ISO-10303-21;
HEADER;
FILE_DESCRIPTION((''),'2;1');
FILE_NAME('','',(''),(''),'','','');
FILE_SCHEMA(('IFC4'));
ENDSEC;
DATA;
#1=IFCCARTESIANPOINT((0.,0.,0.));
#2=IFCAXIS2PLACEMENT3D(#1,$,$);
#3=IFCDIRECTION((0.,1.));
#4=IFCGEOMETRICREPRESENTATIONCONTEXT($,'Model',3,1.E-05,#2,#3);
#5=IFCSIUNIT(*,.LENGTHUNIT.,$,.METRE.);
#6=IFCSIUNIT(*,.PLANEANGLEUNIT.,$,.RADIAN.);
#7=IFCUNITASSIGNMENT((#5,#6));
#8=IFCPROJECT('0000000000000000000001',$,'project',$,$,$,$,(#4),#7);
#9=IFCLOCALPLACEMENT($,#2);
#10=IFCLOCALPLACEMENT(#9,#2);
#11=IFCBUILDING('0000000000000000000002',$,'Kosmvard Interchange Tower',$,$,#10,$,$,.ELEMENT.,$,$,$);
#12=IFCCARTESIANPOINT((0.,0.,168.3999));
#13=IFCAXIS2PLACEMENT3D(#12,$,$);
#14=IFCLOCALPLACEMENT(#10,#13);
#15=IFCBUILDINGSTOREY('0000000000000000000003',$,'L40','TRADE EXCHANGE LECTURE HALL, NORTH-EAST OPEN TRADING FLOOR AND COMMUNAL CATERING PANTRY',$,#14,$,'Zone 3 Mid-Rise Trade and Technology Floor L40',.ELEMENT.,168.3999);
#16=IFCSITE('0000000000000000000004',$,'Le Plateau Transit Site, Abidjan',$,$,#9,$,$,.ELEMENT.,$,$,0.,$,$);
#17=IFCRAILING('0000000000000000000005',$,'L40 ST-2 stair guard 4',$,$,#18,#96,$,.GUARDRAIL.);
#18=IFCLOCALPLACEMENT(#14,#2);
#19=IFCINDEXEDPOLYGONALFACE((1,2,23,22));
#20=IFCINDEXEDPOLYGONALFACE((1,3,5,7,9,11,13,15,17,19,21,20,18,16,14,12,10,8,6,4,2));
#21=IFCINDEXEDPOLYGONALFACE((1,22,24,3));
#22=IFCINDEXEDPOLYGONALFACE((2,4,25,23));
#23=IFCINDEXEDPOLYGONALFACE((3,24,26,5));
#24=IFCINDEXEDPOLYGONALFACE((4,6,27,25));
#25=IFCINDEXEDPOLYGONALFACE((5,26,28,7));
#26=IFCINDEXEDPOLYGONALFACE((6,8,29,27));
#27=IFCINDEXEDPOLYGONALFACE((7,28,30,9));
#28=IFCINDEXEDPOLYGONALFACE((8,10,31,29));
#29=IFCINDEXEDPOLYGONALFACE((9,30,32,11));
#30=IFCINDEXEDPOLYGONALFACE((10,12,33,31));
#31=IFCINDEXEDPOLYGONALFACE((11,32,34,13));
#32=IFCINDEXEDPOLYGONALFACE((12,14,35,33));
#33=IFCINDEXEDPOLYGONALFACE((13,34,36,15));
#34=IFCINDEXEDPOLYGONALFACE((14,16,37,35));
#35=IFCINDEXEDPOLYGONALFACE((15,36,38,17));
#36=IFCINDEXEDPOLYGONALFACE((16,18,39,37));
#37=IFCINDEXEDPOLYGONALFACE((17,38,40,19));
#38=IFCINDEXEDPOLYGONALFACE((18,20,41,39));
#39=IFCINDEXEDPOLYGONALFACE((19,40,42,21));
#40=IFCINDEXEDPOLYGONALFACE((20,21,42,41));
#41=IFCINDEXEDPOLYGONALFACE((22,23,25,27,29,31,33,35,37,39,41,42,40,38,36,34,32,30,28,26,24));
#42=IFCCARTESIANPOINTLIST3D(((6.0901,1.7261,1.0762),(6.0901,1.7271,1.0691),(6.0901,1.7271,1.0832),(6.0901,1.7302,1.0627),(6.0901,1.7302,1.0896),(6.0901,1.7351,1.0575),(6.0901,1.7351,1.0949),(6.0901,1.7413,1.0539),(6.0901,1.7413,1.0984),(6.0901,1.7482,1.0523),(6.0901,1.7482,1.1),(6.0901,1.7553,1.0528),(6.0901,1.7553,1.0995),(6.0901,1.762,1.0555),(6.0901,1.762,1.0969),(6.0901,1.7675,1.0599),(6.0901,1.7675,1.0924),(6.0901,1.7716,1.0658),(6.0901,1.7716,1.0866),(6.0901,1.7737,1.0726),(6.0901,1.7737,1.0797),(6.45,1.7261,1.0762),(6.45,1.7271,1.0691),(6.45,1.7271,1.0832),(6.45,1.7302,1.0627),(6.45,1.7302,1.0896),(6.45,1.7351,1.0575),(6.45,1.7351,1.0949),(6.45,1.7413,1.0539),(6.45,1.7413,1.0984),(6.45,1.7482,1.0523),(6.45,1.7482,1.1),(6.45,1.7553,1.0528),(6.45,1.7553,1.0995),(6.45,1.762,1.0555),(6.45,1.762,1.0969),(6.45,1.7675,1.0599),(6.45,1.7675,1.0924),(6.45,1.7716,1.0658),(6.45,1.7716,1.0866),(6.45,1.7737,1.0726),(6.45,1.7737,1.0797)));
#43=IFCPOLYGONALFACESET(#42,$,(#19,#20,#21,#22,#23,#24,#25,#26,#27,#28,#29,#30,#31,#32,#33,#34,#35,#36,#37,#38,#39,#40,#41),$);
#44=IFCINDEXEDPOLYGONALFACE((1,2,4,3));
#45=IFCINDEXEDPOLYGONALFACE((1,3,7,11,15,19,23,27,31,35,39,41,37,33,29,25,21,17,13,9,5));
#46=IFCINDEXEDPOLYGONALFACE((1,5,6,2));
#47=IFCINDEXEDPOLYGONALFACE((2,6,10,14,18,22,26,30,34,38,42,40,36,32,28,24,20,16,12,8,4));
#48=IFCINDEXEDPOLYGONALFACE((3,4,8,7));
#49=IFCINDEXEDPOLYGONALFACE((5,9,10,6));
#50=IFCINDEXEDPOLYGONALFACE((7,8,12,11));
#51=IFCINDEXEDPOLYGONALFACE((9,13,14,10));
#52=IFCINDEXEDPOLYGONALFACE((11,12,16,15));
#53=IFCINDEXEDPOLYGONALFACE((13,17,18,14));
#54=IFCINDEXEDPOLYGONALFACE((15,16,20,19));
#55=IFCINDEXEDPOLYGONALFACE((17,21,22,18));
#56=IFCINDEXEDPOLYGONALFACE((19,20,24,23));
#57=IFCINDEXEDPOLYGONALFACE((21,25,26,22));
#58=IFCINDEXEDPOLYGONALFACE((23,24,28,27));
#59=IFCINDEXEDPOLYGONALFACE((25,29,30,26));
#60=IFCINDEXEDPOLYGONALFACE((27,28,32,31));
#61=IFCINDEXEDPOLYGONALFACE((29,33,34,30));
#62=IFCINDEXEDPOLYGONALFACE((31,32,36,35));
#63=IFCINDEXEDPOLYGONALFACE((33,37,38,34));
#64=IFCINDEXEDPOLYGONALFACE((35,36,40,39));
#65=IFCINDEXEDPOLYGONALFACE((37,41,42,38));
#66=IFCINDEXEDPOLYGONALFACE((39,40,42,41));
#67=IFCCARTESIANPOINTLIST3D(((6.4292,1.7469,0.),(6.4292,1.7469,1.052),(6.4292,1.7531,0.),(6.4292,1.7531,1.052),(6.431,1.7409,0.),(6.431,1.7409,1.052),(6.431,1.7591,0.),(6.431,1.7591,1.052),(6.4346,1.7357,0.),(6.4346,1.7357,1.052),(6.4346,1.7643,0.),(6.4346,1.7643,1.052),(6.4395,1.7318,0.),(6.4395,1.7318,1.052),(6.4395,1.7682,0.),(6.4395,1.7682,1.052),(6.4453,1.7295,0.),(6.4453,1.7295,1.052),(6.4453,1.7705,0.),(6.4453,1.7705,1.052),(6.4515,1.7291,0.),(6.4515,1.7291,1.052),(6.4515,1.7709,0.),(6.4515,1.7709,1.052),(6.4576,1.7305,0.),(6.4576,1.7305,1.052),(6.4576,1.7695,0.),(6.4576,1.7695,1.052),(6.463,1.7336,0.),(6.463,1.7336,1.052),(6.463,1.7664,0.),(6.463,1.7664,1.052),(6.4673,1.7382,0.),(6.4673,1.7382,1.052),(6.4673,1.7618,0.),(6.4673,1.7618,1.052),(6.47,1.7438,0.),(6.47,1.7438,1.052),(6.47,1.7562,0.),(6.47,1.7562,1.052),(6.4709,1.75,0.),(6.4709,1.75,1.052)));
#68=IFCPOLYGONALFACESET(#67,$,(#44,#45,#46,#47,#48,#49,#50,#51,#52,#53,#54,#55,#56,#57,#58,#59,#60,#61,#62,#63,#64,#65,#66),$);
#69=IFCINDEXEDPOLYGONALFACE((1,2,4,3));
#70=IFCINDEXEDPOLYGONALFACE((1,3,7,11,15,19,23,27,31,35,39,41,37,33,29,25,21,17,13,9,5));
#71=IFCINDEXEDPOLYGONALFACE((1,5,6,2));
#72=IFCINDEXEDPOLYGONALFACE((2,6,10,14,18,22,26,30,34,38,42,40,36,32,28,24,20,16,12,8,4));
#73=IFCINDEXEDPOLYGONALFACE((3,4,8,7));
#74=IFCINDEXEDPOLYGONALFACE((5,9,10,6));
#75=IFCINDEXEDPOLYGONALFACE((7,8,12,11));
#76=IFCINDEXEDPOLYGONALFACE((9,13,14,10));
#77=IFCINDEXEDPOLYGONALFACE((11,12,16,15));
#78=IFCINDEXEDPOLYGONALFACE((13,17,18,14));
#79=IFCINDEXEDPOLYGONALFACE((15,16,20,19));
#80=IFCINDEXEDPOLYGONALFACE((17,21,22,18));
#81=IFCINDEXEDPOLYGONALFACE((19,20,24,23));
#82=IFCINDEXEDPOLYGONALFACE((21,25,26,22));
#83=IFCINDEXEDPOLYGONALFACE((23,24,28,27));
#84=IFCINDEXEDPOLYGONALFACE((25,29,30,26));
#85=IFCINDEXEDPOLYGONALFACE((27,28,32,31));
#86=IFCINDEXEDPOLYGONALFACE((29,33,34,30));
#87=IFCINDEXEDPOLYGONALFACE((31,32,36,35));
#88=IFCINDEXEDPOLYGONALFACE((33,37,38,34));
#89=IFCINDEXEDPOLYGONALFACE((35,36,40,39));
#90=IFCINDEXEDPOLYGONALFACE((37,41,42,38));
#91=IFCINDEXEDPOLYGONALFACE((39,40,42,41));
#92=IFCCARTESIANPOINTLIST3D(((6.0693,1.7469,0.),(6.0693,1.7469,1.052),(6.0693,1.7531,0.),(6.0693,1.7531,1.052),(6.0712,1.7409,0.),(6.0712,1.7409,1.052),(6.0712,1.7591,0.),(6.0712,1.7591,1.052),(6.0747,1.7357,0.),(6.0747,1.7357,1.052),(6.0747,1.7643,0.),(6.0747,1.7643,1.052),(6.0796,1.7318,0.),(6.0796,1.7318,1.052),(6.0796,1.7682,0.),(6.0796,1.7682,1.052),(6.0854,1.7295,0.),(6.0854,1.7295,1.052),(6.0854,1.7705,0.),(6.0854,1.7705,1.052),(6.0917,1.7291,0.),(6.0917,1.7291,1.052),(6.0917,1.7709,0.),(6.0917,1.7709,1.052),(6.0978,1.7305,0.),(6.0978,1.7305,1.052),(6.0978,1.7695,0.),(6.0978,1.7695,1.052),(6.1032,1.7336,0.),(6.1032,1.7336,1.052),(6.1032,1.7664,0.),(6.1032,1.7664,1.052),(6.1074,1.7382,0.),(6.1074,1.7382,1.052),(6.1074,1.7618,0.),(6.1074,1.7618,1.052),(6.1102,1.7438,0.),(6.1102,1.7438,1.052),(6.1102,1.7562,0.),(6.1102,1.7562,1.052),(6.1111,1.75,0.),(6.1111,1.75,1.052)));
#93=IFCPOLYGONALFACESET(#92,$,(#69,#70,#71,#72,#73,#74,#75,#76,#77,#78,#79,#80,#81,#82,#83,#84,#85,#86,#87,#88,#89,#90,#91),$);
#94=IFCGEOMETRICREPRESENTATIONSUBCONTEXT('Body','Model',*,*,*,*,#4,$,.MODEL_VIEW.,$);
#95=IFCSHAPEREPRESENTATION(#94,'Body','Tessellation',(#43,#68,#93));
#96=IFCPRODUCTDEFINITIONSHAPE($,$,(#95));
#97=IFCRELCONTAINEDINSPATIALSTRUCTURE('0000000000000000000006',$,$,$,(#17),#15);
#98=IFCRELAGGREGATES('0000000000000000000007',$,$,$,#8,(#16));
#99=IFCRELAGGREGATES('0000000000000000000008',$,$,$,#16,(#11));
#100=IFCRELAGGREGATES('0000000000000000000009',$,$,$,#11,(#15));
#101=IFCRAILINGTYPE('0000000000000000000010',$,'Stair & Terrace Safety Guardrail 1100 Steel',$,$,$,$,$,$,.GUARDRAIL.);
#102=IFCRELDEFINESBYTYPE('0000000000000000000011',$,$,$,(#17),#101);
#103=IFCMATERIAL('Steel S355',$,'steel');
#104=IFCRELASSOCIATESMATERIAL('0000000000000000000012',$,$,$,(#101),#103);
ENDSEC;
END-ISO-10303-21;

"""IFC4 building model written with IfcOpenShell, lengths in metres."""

from ifc_helpers import new_model, si_unit, direction, frame, origin, origin_2d, place, context, subcontext, project, spatial, circle, extrude, source, transform, mapped, material, type_object, element, save


model = new_model("IFC4")

# Units and contexts
model_context = context("Model", 3, precision=1e-05, world=origin(), true_north=direction((0.0, 1.0)))
body_context = subcontext(model_context, "Body", "Model", "MODEL_VIEW")
ifc_project = project(units=[si_unit("LENGTHUNIT", "METRE"), si_unit("PLANEANGLEUNIT", "RADIAN")], contexts=[model_context])

# Site, building, storey
site_placement = place(None, origin())
site = spatial("IfcSite", under=ifc_project, at=site_placement, Name="Le Plateau Transit Site, Abidjan", CompositionType="ELEMENT", RefElevation=0.0)
building_placement = place(site_placement, origin())
building = spatial("IfcBuilding", under=site, at=building_placement, Name="Kosmvard Interchange Tower", CompositionType="ELEMENT")
storey_placement = place(building_placement, frame((0.0, 0.0, 168.3999)))
storey = spatial("IfcBuildingStorey", under=building, at=storey_placement, Name="L40", Description="TRADE EXCHANGE LECTURE HALL, NORTH-EAST OPEN TRADING FLOOR AND COMMUNAL CATERING PANTRY", LongName="Zone 3 Mid-Rise Trade and Technology Floor L40", CompositionType="ELEMENT", Elevation=168.3999)

# Shared definitions
ifc_material_1 = material(Name="Steel S355", Category="steel")

# Railing
railing_type_1 = type_object("IfcRailingType", Name="Stair & Terrace Safety Guardrail 1100 Steel", PredefinedType="GUARDRAIL", material=ifc_material_1)
shared_shape_1 = source(origin(), body_context, "Body", "SweptSolid", [
    extrude(circle(Radius=0.0239, at=origin_2d()), frame((0.0, 0.0, 1.0762), z_axis=(-1.0, 0.0, 0.0), x_axis=(0.0, -1.0, 0.0)), (0.0, 0.0, 1.0), 0.3599),
    extrude(circle(Radius=0.021, at=origin_2d()), origin(), (0.0, 0.0, 1.0), 1.052),
    extrude(circle(Radius=0.021, at=origin_2d()), frame((-0.3599, 0.0, 0.0)), (0.0, 0.0, 1.0), 1.052),
])
for number, where, name in (
    (1, (6.45, 1.75, 0.0), "L40 ST-2 stair guard 4"),
):
    element("IfcRailing", number, at=place(storey_placement, frame(where)), inside=storey, type_object=railing_type_1, Name=name, PredefinedType="GUARDRAIL", context=body_context, shape_type="MappedRepresentation", body=[
        mapped(shared_shape_1, transform((0.0, 0.0, 0.0), scale=1.0)),
    ])

save(model, "model.ifc")
